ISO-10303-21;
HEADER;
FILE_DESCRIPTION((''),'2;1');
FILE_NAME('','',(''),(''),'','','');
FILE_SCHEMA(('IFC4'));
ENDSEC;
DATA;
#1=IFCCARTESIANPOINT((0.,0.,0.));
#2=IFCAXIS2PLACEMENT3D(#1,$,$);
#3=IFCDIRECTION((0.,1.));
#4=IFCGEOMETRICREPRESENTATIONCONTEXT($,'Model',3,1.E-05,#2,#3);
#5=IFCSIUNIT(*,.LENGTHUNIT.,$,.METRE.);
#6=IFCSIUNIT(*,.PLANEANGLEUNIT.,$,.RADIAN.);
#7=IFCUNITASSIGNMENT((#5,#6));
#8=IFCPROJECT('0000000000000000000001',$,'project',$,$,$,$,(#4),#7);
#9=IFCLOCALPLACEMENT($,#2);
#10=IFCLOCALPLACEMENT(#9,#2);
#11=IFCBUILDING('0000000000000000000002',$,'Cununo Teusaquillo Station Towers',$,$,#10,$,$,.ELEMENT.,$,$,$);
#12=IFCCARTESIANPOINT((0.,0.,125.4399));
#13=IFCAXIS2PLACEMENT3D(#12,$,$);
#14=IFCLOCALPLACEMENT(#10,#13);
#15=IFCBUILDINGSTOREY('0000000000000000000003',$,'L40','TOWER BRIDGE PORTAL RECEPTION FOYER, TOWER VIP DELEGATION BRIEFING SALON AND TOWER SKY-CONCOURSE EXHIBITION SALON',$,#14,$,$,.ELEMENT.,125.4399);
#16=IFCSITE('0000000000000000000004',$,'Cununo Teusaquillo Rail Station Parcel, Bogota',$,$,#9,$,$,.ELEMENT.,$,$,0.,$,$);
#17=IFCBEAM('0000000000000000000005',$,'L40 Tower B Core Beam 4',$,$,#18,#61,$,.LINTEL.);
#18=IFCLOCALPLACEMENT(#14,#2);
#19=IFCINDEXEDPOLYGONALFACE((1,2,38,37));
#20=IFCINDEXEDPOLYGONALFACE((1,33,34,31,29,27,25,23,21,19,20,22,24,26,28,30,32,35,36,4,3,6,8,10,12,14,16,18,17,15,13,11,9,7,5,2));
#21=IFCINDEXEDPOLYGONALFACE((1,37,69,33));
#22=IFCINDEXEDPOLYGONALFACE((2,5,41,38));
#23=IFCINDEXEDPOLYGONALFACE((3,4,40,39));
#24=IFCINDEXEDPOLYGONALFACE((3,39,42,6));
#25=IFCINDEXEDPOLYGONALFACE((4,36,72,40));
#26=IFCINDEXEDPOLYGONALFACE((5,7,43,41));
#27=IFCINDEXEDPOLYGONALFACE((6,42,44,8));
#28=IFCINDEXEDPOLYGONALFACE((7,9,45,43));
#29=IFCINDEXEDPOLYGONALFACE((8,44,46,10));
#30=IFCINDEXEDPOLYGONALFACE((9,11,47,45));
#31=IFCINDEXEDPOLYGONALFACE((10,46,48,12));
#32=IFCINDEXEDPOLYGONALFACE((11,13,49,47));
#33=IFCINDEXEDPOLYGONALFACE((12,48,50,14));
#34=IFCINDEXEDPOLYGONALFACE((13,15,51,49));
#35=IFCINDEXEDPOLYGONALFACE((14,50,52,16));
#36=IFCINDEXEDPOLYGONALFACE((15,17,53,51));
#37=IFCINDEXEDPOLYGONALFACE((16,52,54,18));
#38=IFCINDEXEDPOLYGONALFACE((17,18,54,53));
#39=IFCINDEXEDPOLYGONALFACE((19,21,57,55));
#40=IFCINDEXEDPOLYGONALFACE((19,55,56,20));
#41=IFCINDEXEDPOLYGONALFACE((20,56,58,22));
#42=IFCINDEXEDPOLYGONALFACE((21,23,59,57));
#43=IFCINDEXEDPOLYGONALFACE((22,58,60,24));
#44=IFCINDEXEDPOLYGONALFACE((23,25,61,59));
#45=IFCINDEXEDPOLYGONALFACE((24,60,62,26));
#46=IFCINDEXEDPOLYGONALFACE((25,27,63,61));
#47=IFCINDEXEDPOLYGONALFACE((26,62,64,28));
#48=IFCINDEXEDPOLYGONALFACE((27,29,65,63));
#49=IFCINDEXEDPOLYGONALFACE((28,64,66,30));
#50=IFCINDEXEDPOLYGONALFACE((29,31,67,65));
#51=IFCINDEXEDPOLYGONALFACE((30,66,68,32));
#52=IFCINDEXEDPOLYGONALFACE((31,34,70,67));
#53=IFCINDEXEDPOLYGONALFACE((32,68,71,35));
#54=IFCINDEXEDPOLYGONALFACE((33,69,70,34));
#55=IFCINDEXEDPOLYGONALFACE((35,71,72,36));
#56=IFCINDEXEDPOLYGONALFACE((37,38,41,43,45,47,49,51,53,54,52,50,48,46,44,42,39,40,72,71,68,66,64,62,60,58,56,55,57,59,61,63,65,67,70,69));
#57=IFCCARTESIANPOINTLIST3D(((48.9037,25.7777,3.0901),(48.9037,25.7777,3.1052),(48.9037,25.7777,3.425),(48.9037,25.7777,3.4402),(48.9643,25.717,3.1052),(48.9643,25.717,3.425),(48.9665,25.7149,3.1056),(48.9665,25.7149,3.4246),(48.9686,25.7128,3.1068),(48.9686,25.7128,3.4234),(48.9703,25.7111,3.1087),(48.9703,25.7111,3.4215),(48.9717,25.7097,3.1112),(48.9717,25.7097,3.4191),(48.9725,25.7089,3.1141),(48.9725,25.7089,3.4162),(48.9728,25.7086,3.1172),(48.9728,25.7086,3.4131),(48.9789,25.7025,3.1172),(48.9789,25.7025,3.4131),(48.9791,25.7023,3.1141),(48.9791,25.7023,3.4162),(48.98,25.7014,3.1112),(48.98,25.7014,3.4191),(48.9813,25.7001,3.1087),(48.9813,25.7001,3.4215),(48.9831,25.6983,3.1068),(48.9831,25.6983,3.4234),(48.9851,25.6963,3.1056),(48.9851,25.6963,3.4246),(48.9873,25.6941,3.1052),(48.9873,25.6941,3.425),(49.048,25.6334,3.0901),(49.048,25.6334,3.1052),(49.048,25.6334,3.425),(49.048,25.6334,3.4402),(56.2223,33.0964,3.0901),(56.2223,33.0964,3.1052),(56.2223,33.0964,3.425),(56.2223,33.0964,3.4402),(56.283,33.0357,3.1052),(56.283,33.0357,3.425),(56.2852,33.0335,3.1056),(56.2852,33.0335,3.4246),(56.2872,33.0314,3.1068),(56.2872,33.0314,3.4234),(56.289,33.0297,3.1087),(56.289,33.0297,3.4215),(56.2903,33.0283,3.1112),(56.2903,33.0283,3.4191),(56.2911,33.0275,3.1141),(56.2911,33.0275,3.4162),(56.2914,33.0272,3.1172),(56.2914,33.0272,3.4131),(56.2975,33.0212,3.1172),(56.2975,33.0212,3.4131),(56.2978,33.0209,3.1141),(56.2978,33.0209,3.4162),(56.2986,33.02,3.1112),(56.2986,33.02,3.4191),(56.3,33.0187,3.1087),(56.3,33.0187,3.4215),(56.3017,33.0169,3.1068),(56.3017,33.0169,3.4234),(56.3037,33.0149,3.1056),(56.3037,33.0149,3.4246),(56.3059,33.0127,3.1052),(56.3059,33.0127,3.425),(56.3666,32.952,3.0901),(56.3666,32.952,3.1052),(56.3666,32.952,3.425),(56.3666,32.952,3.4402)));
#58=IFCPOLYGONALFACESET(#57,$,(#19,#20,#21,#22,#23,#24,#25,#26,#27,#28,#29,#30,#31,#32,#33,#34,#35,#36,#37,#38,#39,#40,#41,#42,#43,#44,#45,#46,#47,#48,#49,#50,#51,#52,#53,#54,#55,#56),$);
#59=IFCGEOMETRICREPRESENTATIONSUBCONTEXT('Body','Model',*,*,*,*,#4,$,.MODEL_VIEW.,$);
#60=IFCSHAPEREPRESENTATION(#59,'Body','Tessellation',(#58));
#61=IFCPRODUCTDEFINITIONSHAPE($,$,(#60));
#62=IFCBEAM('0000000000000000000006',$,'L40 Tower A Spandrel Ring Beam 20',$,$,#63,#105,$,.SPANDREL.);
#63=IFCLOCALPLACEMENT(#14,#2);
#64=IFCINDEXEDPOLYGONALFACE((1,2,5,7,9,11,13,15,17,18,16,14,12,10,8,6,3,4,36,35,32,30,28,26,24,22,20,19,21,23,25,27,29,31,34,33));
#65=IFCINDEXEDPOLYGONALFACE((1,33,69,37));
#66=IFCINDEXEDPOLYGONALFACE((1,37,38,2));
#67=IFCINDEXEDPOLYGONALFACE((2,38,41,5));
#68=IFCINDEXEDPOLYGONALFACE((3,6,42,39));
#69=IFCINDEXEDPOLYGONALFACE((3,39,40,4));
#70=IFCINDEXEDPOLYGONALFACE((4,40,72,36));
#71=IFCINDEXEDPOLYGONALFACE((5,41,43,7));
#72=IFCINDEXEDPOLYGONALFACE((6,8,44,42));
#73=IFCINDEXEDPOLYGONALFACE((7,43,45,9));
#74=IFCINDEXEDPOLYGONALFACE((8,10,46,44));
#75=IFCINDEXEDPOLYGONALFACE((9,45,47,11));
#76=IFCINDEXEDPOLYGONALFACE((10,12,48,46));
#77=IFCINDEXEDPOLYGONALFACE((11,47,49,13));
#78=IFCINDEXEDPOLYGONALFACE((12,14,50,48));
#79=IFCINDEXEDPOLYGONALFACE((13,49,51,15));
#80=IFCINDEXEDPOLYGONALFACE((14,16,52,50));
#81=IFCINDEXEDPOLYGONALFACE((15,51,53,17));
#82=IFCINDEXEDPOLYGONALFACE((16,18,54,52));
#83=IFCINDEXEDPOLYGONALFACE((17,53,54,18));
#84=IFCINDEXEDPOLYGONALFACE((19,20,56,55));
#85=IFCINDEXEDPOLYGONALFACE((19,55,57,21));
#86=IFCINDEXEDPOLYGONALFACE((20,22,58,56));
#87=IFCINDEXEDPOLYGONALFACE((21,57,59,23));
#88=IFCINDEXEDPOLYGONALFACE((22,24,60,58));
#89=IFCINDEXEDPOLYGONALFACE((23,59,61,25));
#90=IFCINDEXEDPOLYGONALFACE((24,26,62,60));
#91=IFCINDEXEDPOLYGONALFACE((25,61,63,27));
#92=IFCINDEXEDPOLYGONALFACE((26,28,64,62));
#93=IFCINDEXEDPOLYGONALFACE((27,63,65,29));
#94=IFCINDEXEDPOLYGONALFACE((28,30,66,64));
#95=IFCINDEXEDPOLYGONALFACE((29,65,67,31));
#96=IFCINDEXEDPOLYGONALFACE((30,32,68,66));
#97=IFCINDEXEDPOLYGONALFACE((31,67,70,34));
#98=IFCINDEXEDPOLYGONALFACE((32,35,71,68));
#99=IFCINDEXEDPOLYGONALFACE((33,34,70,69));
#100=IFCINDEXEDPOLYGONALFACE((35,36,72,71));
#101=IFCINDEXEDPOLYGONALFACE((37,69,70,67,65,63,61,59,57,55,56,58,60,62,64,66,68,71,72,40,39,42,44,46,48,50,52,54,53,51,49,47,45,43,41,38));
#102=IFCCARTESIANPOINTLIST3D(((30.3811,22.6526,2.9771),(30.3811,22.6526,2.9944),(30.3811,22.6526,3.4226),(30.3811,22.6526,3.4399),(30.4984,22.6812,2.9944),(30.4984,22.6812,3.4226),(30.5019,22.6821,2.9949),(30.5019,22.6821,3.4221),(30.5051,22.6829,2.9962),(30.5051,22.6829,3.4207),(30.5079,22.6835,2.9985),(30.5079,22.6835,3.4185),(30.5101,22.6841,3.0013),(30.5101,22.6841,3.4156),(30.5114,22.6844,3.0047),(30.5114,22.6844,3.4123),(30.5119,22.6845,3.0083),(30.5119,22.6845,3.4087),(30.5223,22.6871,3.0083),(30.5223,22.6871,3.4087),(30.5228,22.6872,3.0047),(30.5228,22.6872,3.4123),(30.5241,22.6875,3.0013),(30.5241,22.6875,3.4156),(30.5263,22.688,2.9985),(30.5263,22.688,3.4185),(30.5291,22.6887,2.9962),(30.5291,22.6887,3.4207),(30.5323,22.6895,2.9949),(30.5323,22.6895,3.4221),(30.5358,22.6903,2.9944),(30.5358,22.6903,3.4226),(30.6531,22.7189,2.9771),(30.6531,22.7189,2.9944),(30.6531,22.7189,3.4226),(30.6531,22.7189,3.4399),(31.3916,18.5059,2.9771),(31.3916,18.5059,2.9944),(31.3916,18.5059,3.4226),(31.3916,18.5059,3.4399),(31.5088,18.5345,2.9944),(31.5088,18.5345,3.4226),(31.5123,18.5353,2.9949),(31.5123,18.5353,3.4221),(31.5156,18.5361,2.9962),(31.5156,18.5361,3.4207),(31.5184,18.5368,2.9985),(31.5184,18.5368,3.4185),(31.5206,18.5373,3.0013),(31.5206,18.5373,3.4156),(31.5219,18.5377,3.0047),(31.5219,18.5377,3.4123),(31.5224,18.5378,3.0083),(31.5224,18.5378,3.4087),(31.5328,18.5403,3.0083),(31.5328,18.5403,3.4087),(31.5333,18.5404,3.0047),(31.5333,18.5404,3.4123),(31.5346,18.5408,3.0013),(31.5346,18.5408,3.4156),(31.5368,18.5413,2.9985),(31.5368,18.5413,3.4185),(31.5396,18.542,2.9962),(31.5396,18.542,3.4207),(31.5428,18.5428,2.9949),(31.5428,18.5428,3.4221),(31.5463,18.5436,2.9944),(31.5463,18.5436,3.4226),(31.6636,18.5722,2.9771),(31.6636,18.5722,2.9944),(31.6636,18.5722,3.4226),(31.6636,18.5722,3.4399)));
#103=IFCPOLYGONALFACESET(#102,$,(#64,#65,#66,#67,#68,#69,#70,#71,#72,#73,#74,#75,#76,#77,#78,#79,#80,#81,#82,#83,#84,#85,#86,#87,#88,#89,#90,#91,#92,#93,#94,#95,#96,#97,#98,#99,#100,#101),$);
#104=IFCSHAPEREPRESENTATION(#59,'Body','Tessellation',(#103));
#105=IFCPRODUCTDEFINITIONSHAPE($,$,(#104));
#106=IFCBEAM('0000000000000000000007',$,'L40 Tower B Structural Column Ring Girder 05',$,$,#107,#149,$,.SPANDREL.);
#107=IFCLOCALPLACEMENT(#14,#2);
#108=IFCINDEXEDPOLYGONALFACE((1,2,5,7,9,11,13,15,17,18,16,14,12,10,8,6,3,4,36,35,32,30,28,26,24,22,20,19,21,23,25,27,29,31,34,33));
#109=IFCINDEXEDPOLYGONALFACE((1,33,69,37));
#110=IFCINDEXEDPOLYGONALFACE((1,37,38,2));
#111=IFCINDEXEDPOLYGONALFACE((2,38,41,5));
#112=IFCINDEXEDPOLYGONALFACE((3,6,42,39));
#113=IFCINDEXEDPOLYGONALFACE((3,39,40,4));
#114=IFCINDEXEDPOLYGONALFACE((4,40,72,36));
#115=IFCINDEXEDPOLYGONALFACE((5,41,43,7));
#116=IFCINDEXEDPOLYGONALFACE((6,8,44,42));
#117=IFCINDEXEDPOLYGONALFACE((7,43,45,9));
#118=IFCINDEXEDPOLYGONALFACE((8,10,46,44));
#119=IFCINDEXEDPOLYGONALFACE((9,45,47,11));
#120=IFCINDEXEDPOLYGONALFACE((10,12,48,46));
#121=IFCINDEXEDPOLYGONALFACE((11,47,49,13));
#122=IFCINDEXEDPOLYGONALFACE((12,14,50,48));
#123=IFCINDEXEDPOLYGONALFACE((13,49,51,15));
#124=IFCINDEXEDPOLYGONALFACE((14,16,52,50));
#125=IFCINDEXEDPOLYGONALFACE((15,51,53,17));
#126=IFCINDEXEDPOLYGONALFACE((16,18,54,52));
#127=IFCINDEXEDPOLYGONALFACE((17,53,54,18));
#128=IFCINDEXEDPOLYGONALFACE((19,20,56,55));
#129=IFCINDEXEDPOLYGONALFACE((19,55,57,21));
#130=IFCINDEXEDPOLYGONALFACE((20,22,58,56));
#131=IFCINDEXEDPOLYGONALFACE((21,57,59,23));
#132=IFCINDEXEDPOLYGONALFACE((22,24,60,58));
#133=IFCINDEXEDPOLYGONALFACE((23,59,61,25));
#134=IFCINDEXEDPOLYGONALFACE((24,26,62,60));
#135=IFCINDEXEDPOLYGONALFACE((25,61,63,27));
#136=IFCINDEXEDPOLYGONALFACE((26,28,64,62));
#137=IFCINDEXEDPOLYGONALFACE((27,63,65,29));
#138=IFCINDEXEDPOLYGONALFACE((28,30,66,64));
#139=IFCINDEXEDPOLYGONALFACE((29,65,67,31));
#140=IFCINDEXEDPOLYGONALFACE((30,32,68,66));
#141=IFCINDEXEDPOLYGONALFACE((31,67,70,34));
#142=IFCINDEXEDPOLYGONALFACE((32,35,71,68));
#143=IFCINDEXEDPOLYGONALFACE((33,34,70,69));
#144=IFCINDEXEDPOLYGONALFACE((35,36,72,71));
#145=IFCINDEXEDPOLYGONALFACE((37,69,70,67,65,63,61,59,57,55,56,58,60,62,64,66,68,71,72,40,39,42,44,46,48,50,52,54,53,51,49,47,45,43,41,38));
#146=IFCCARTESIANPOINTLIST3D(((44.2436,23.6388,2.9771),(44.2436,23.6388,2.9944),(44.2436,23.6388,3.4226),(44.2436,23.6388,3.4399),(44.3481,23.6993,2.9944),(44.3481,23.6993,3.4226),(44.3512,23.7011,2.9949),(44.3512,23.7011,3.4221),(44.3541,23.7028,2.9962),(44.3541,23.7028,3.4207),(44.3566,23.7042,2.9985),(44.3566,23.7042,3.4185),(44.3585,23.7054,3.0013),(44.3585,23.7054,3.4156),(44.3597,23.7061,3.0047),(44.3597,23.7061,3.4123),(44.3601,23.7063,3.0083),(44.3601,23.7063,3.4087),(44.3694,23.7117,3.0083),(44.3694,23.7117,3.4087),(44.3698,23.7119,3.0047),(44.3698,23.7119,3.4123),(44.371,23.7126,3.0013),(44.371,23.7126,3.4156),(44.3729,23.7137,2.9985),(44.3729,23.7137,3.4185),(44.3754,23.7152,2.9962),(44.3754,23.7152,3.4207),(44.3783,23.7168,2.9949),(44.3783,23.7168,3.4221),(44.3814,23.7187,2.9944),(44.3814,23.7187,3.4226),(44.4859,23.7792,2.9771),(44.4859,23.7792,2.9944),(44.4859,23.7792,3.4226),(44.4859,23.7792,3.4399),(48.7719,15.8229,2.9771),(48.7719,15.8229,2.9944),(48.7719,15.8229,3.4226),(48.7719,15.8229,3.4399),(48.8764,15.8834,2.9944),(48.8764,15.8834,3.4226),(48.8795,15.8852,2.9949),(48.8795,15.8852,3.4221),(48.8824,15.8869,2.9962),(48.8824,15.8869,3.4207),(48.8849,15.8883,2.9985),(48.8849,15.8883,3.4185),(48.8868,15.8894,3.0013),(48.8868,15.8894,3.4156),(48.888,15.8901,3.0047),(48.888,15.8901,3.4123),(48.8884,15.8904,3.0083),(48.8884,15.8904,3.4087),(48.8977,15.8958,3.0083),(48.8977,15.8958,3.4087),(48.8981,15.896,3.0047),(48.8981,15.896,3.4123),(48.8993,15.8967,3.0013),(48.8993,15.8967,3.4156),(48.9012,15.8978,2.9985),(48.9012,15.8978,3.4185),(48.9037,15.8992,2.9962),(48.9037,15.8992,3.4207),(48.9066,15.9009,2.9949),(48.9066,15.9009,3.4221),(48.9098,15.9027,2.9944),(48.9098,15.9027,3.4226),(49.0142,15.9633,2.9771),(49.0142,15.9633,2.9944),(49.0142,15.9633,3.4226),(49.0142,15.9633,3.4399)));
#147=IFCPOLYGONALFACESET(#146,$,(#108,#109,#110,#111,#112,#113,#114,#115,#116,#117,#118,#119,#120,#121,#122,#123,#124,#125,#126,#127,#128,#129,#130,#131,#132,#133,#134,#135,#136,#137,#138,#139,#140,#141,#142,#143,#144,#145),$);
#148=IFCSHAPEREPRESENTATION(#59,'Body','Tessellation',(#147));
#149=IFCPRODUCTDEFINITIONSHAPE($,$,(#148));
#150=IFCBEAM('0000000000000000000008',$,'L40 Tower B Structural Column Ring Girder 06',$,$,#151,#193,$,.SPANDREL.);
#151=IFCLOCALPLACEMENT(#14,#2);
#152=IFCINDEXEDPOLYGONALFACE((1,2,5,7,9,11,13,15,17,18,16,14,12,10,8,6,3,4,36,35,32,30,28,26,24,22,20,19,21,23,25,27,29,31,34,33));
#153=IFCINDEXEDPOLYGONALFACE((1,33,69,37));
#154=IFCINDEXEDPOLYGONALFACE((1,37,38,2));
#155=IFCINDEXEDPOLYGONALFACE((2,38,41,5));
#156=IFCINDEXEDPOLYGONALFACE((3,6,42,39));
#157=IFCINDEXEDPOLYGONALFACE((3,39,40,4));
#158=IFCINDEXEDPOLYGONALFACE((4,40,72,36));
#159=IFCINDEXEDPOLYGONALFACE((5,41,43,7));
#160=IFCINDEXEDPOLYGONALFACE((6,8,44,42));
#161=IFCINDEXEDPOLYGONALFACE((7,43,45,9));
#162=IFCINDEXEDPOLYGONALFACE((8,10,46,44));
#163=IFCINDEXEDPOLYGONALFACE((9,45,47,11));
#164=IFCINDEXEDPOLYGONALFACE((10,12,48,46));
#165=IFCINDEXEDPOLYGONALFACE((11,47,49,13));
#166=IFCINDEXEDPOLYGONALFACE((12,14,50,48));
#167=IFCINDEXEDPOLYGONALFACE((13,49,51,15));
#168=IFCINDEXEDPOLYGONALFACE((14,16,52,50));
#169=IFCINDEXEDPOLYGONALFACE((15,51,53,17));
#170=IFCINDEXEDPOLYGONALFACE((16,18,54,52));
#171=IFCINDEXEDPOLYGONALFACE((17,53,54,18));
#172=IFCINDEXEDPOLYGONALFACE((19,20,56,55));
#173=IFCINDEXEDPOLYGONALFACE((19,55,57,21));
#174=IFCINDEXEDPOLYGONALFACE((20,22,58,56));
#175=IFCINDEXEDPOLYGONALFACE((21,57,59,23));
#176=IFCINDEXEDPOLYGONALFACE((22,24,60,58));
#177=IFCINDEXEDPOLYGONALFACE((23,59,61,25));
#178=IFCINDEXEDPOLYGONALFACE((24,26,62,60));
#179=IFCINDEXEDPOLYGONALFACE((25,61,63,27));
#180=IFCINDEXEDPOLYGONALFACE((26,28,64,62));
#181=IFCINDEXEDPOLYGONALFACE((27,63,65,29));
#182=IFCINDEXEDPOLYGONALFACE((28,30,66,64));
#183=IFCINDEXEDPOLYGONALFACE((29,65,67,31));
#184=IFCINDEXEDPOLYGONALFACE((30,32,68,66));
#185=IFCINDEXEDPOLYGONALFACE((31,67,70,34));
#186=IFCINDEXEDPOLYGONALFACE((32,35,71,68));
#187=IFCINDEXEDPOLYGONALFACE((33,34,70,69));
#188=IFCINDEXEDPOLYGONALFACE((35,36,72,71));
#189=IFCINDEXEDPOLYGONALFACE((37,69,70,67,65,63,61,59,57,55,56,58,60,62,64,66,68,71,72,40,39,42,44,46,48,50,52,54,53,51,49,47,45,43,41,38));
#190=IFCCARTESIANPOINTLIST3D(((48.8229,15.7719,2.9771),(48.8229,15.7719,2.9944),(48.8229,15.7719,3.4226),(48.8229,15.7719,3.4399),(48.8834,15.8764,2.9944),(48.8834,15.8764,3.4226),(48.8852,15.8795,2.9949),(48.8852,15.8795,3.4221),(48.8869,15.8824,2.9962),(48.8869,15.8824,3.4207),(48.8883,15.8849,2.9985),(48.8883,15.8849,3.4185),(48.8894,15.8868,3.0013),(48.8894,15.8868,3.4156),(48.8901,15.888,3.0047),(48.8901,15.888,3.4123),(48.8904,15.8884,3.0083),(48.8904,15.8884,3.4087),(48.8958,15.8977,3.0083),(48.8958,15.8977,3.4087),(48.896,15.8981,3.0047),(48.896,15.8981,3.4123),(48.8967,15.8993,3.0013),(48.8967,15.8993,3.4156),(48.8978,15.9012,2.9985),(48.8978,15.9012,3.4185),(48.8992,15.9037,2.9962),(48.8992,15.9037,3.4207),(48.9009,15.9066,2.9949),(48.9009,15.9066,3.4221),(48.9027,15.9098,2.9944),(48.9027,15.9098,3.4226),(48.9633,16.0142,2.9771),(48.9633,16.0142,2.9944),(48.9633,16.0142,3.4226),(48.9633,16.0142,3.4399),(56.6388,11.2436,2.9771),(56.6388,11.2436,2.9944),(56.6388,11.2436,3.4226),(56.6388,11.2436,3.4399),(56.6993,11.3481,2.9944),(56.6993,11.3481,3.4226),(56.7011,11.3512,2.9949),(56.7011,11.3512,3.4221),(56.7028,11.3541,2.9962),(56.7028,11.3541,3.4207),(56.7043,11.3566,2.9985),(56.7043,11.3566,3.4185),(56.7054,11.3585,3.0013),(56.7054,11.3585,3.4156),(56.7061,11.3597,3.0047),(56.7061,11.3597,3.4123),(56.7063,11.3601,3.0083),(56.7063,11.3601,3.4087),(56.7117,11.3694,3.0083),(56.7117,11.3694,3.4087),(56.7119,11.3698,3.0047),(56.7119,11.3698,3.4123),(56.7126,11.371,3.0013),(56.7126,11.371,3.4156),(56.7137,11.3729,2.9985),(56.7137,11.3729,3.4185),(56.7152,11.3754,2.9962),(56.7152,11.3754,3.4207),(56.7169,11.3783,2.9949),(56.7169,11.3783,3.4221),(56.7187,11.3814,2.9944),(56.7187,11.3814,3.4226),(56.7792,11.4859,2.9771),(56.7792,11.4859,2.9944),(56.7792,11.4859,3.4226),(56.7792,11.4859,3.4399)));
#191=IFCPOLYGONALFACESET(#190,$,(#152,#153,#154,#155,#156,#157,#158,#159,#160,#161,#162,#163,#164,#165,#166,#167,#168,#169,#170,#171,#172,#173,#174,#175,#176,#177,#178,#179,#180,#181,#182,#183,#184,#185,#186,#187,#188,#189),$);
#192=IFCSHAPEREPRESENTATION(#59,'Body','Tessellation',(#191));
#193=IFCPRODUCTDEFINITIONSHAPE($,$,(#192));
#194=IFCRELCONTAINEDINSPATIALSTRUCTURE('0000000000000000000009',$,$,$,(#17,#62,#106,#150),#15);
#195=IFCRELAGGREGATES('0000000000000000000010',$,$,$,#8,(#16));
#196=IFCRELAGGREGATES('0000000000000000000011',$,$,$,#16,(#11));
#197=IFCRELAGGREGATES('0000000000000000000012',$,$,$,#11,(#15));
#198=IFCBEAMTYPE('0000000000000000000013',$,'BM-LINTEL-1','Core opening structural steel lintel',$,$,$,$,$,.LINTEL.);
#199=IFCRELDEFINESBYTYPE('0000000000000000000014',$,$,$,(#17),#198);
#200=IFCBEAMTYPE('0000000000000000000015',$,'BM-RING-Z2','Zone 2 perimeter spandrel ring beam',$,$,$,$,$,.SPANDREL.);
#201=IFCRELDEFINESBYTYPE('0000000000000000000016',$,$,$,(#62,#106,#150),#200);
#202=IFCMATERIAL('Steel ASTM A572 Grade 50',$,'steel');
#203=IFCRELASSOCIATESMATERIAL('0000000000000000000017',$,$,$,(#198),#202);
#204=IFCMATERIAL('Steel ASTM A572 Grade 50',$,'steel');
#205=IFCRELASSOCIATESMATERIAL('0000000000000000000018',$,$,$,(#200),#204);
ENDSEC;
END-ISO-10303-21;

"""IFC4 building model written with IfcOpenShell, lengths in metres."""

from ifc_helpers import new_model, si_unit, direction, frame, origin, origin_2d, place, context, subcontext, project, spatial, i_section, extrude, material, material_profile, profile_set, type_object, element, save


model = new_model("IFC4")

# Units and contexts
model_context = context("Model", 3, precision=1e-05, world=origin(), true_north=direction((0.0, 1.0)))
body_context = subcontext(model_context, "Body", "Model", "MODEL_VIEW")
ifc_project = project(units=[si_unit("LENGTHUNIT", "METRE"), si_unit("PLANEANGLEUNIT", "RADIAN")], contexts=[model_context])

# Site, building, storey
site_placement = place(None, origin())
site = spatial("IfcSite", under=ifc_project, at=site_placement, Name="Cununo Teusaquillo Rail Station Parcel, Bogota", CompositionType="ELEMENT", RefElevation=0.0)
building_placement = place(site_placement, origin())
building = spatial("IfcBuilding", under=site, at=building_placement, Name="Cununo Teusaquillo Station Towers", CompositionType="ELEMENT")
storey_placement = place(building_placement, frame((0.0, 0.0, 125.4399)))
storey = spatial("IfcBuildingStorey", under=building, at=storey_placement, Name="L40", Description="TOWER BRIDGE PORTAL RECEPTION FOYER, TOWER VIP DELEGATION BRIEFING SALON AND TOWER SKY-CONCOURSE EXHIBITION SALON", CompositionType="ELEMENT", Elevation=125.4399)

# Beams
ifc_material_1 = material(Name="Steel ASTM A572 Grade 50", Category="steel")
ifc_material_profile_1 = material_profile(ifc_material_1, i_section(OverallWidth=0.2041, OverallDepth=0.3501, WebThickness=0.0085, FlangeThickness=0.0151, FilletRadius=0.012, at=origin_2d()), Name="W14X48")
ifc_profile_set_1 = profile_set([ifc_material_profile_1], Name="Steel ASTM A572 Grade 50")
beam_type_1 = type_object("IfcBeamType", Name="BM-LINTEL-1", Description="Core opening structural steel lintel", PredefinedType="LINTEL", material=ifc_profile_set_1)
beam_1_placement = place(storey_placement, frame((48.9758, 25.7056, 3.2651), z_axis=(0.707107, 0.707107, 0.0), x_axis=(-0.707107, 0.707107, 0.0)))
element("IfcBeam", 1, at=beam_1_placement, inside=storey, type_object=beam_type_1, Name="L40 Tower B Core Beam 4", PredefinedType="LINTEL", context=body_context, shape_type="SweptSolid", body=[
    extrude(i_section(OverallWidth=0.2041, OverallDepth=0.3501, WebThickness=0.0085, FlangeThickness=0.0151, FilletRadius=0.012, at=origin_2d()), origin(), (0.0, 0.0, 1.0), 10.3501),
])
ifc_material_2 = material(Name="Steel ASTM A572 Grade 50", Category="steel")
ifc_material_profile_2 = material_profile(ifc_material_2, i_section(OverallWidth=0.28, OverallDepth=0.4629, WebThickness=0.0107, FlangeThickness=0.0173, FilletRadius=0.0139, at=origin_2d()), Name="W18X76")
ifc_profile_set_2 = profile_set([ifc_material_profile_2], Name="Steel ASTM A572 Grade 50")
beam_type_2 = type_object("IfcBeamType", Name="BM-RING-Z2", Description="Zone 2 perimeter spandrel ring beam", PredefinedType="SPANDREL", material=ifc_profile_set_2)
beam_2_placement = place(storey_placement, frame((31.5276, 18.5391, 3.2085), z_axis=(-0.236757, 0.971569, 0.0), x_axis=(-0.971569, -0.236757, 0.0)))
element("IfcBeam", 2, at=beam_2_placement, inside=storey, type_object=beam_type_2, Name="L40 Tower A Spandrel Ring Beam 20", PredefinedType="SPANDREL", context=body_context, shape_type="SweptSolid", body=[
    extrude(i_section(OverallWidth=0.28, OverallDepth=0.4629, WebThickness=0.0107, FlangeThickness=0.0173, FilletRadius=0.0139, at=origin_2d()), origin(), (0.0, 0.0, 1.0), 4.2681),
])
for number, where, z_axis, x_axis, name in (
    (3, (44.3647, 23.709, 3.2085), (0.501311, -0.865267, 0.0), (0.865267, 0.501311, 0.0), "L40 Tower B Structural Column Ring Girder 05"),
    (4, (48.8931, 15.8931, 3.2085), (0.865267, -0.501311, 0.0), (0.501311, 0.865267, 0.0), "L40 Tower B Structural Column Ring Girder 06"),
):
    element("IfcBeam", number, at=place(storey_placement, frame(where, z_axis=z_axis, x_axis=x_axis)), inside=storey, type_object=beam_type_2, Name=name, PredefinedType="SPANDREL", context=body_context, shape_type="SweptSolid", body=[
        extrude(i_section(OverallWidth=0.28, OverallDepth=0.4629, WebThickness=0.0107, FlangeThickness=0.0173, FilletRadius=0.0139, at=origin_2d()), origin(), (0.0, 0.0, 1.0), 9.033),
    ])

save(model, "model.ifc")
